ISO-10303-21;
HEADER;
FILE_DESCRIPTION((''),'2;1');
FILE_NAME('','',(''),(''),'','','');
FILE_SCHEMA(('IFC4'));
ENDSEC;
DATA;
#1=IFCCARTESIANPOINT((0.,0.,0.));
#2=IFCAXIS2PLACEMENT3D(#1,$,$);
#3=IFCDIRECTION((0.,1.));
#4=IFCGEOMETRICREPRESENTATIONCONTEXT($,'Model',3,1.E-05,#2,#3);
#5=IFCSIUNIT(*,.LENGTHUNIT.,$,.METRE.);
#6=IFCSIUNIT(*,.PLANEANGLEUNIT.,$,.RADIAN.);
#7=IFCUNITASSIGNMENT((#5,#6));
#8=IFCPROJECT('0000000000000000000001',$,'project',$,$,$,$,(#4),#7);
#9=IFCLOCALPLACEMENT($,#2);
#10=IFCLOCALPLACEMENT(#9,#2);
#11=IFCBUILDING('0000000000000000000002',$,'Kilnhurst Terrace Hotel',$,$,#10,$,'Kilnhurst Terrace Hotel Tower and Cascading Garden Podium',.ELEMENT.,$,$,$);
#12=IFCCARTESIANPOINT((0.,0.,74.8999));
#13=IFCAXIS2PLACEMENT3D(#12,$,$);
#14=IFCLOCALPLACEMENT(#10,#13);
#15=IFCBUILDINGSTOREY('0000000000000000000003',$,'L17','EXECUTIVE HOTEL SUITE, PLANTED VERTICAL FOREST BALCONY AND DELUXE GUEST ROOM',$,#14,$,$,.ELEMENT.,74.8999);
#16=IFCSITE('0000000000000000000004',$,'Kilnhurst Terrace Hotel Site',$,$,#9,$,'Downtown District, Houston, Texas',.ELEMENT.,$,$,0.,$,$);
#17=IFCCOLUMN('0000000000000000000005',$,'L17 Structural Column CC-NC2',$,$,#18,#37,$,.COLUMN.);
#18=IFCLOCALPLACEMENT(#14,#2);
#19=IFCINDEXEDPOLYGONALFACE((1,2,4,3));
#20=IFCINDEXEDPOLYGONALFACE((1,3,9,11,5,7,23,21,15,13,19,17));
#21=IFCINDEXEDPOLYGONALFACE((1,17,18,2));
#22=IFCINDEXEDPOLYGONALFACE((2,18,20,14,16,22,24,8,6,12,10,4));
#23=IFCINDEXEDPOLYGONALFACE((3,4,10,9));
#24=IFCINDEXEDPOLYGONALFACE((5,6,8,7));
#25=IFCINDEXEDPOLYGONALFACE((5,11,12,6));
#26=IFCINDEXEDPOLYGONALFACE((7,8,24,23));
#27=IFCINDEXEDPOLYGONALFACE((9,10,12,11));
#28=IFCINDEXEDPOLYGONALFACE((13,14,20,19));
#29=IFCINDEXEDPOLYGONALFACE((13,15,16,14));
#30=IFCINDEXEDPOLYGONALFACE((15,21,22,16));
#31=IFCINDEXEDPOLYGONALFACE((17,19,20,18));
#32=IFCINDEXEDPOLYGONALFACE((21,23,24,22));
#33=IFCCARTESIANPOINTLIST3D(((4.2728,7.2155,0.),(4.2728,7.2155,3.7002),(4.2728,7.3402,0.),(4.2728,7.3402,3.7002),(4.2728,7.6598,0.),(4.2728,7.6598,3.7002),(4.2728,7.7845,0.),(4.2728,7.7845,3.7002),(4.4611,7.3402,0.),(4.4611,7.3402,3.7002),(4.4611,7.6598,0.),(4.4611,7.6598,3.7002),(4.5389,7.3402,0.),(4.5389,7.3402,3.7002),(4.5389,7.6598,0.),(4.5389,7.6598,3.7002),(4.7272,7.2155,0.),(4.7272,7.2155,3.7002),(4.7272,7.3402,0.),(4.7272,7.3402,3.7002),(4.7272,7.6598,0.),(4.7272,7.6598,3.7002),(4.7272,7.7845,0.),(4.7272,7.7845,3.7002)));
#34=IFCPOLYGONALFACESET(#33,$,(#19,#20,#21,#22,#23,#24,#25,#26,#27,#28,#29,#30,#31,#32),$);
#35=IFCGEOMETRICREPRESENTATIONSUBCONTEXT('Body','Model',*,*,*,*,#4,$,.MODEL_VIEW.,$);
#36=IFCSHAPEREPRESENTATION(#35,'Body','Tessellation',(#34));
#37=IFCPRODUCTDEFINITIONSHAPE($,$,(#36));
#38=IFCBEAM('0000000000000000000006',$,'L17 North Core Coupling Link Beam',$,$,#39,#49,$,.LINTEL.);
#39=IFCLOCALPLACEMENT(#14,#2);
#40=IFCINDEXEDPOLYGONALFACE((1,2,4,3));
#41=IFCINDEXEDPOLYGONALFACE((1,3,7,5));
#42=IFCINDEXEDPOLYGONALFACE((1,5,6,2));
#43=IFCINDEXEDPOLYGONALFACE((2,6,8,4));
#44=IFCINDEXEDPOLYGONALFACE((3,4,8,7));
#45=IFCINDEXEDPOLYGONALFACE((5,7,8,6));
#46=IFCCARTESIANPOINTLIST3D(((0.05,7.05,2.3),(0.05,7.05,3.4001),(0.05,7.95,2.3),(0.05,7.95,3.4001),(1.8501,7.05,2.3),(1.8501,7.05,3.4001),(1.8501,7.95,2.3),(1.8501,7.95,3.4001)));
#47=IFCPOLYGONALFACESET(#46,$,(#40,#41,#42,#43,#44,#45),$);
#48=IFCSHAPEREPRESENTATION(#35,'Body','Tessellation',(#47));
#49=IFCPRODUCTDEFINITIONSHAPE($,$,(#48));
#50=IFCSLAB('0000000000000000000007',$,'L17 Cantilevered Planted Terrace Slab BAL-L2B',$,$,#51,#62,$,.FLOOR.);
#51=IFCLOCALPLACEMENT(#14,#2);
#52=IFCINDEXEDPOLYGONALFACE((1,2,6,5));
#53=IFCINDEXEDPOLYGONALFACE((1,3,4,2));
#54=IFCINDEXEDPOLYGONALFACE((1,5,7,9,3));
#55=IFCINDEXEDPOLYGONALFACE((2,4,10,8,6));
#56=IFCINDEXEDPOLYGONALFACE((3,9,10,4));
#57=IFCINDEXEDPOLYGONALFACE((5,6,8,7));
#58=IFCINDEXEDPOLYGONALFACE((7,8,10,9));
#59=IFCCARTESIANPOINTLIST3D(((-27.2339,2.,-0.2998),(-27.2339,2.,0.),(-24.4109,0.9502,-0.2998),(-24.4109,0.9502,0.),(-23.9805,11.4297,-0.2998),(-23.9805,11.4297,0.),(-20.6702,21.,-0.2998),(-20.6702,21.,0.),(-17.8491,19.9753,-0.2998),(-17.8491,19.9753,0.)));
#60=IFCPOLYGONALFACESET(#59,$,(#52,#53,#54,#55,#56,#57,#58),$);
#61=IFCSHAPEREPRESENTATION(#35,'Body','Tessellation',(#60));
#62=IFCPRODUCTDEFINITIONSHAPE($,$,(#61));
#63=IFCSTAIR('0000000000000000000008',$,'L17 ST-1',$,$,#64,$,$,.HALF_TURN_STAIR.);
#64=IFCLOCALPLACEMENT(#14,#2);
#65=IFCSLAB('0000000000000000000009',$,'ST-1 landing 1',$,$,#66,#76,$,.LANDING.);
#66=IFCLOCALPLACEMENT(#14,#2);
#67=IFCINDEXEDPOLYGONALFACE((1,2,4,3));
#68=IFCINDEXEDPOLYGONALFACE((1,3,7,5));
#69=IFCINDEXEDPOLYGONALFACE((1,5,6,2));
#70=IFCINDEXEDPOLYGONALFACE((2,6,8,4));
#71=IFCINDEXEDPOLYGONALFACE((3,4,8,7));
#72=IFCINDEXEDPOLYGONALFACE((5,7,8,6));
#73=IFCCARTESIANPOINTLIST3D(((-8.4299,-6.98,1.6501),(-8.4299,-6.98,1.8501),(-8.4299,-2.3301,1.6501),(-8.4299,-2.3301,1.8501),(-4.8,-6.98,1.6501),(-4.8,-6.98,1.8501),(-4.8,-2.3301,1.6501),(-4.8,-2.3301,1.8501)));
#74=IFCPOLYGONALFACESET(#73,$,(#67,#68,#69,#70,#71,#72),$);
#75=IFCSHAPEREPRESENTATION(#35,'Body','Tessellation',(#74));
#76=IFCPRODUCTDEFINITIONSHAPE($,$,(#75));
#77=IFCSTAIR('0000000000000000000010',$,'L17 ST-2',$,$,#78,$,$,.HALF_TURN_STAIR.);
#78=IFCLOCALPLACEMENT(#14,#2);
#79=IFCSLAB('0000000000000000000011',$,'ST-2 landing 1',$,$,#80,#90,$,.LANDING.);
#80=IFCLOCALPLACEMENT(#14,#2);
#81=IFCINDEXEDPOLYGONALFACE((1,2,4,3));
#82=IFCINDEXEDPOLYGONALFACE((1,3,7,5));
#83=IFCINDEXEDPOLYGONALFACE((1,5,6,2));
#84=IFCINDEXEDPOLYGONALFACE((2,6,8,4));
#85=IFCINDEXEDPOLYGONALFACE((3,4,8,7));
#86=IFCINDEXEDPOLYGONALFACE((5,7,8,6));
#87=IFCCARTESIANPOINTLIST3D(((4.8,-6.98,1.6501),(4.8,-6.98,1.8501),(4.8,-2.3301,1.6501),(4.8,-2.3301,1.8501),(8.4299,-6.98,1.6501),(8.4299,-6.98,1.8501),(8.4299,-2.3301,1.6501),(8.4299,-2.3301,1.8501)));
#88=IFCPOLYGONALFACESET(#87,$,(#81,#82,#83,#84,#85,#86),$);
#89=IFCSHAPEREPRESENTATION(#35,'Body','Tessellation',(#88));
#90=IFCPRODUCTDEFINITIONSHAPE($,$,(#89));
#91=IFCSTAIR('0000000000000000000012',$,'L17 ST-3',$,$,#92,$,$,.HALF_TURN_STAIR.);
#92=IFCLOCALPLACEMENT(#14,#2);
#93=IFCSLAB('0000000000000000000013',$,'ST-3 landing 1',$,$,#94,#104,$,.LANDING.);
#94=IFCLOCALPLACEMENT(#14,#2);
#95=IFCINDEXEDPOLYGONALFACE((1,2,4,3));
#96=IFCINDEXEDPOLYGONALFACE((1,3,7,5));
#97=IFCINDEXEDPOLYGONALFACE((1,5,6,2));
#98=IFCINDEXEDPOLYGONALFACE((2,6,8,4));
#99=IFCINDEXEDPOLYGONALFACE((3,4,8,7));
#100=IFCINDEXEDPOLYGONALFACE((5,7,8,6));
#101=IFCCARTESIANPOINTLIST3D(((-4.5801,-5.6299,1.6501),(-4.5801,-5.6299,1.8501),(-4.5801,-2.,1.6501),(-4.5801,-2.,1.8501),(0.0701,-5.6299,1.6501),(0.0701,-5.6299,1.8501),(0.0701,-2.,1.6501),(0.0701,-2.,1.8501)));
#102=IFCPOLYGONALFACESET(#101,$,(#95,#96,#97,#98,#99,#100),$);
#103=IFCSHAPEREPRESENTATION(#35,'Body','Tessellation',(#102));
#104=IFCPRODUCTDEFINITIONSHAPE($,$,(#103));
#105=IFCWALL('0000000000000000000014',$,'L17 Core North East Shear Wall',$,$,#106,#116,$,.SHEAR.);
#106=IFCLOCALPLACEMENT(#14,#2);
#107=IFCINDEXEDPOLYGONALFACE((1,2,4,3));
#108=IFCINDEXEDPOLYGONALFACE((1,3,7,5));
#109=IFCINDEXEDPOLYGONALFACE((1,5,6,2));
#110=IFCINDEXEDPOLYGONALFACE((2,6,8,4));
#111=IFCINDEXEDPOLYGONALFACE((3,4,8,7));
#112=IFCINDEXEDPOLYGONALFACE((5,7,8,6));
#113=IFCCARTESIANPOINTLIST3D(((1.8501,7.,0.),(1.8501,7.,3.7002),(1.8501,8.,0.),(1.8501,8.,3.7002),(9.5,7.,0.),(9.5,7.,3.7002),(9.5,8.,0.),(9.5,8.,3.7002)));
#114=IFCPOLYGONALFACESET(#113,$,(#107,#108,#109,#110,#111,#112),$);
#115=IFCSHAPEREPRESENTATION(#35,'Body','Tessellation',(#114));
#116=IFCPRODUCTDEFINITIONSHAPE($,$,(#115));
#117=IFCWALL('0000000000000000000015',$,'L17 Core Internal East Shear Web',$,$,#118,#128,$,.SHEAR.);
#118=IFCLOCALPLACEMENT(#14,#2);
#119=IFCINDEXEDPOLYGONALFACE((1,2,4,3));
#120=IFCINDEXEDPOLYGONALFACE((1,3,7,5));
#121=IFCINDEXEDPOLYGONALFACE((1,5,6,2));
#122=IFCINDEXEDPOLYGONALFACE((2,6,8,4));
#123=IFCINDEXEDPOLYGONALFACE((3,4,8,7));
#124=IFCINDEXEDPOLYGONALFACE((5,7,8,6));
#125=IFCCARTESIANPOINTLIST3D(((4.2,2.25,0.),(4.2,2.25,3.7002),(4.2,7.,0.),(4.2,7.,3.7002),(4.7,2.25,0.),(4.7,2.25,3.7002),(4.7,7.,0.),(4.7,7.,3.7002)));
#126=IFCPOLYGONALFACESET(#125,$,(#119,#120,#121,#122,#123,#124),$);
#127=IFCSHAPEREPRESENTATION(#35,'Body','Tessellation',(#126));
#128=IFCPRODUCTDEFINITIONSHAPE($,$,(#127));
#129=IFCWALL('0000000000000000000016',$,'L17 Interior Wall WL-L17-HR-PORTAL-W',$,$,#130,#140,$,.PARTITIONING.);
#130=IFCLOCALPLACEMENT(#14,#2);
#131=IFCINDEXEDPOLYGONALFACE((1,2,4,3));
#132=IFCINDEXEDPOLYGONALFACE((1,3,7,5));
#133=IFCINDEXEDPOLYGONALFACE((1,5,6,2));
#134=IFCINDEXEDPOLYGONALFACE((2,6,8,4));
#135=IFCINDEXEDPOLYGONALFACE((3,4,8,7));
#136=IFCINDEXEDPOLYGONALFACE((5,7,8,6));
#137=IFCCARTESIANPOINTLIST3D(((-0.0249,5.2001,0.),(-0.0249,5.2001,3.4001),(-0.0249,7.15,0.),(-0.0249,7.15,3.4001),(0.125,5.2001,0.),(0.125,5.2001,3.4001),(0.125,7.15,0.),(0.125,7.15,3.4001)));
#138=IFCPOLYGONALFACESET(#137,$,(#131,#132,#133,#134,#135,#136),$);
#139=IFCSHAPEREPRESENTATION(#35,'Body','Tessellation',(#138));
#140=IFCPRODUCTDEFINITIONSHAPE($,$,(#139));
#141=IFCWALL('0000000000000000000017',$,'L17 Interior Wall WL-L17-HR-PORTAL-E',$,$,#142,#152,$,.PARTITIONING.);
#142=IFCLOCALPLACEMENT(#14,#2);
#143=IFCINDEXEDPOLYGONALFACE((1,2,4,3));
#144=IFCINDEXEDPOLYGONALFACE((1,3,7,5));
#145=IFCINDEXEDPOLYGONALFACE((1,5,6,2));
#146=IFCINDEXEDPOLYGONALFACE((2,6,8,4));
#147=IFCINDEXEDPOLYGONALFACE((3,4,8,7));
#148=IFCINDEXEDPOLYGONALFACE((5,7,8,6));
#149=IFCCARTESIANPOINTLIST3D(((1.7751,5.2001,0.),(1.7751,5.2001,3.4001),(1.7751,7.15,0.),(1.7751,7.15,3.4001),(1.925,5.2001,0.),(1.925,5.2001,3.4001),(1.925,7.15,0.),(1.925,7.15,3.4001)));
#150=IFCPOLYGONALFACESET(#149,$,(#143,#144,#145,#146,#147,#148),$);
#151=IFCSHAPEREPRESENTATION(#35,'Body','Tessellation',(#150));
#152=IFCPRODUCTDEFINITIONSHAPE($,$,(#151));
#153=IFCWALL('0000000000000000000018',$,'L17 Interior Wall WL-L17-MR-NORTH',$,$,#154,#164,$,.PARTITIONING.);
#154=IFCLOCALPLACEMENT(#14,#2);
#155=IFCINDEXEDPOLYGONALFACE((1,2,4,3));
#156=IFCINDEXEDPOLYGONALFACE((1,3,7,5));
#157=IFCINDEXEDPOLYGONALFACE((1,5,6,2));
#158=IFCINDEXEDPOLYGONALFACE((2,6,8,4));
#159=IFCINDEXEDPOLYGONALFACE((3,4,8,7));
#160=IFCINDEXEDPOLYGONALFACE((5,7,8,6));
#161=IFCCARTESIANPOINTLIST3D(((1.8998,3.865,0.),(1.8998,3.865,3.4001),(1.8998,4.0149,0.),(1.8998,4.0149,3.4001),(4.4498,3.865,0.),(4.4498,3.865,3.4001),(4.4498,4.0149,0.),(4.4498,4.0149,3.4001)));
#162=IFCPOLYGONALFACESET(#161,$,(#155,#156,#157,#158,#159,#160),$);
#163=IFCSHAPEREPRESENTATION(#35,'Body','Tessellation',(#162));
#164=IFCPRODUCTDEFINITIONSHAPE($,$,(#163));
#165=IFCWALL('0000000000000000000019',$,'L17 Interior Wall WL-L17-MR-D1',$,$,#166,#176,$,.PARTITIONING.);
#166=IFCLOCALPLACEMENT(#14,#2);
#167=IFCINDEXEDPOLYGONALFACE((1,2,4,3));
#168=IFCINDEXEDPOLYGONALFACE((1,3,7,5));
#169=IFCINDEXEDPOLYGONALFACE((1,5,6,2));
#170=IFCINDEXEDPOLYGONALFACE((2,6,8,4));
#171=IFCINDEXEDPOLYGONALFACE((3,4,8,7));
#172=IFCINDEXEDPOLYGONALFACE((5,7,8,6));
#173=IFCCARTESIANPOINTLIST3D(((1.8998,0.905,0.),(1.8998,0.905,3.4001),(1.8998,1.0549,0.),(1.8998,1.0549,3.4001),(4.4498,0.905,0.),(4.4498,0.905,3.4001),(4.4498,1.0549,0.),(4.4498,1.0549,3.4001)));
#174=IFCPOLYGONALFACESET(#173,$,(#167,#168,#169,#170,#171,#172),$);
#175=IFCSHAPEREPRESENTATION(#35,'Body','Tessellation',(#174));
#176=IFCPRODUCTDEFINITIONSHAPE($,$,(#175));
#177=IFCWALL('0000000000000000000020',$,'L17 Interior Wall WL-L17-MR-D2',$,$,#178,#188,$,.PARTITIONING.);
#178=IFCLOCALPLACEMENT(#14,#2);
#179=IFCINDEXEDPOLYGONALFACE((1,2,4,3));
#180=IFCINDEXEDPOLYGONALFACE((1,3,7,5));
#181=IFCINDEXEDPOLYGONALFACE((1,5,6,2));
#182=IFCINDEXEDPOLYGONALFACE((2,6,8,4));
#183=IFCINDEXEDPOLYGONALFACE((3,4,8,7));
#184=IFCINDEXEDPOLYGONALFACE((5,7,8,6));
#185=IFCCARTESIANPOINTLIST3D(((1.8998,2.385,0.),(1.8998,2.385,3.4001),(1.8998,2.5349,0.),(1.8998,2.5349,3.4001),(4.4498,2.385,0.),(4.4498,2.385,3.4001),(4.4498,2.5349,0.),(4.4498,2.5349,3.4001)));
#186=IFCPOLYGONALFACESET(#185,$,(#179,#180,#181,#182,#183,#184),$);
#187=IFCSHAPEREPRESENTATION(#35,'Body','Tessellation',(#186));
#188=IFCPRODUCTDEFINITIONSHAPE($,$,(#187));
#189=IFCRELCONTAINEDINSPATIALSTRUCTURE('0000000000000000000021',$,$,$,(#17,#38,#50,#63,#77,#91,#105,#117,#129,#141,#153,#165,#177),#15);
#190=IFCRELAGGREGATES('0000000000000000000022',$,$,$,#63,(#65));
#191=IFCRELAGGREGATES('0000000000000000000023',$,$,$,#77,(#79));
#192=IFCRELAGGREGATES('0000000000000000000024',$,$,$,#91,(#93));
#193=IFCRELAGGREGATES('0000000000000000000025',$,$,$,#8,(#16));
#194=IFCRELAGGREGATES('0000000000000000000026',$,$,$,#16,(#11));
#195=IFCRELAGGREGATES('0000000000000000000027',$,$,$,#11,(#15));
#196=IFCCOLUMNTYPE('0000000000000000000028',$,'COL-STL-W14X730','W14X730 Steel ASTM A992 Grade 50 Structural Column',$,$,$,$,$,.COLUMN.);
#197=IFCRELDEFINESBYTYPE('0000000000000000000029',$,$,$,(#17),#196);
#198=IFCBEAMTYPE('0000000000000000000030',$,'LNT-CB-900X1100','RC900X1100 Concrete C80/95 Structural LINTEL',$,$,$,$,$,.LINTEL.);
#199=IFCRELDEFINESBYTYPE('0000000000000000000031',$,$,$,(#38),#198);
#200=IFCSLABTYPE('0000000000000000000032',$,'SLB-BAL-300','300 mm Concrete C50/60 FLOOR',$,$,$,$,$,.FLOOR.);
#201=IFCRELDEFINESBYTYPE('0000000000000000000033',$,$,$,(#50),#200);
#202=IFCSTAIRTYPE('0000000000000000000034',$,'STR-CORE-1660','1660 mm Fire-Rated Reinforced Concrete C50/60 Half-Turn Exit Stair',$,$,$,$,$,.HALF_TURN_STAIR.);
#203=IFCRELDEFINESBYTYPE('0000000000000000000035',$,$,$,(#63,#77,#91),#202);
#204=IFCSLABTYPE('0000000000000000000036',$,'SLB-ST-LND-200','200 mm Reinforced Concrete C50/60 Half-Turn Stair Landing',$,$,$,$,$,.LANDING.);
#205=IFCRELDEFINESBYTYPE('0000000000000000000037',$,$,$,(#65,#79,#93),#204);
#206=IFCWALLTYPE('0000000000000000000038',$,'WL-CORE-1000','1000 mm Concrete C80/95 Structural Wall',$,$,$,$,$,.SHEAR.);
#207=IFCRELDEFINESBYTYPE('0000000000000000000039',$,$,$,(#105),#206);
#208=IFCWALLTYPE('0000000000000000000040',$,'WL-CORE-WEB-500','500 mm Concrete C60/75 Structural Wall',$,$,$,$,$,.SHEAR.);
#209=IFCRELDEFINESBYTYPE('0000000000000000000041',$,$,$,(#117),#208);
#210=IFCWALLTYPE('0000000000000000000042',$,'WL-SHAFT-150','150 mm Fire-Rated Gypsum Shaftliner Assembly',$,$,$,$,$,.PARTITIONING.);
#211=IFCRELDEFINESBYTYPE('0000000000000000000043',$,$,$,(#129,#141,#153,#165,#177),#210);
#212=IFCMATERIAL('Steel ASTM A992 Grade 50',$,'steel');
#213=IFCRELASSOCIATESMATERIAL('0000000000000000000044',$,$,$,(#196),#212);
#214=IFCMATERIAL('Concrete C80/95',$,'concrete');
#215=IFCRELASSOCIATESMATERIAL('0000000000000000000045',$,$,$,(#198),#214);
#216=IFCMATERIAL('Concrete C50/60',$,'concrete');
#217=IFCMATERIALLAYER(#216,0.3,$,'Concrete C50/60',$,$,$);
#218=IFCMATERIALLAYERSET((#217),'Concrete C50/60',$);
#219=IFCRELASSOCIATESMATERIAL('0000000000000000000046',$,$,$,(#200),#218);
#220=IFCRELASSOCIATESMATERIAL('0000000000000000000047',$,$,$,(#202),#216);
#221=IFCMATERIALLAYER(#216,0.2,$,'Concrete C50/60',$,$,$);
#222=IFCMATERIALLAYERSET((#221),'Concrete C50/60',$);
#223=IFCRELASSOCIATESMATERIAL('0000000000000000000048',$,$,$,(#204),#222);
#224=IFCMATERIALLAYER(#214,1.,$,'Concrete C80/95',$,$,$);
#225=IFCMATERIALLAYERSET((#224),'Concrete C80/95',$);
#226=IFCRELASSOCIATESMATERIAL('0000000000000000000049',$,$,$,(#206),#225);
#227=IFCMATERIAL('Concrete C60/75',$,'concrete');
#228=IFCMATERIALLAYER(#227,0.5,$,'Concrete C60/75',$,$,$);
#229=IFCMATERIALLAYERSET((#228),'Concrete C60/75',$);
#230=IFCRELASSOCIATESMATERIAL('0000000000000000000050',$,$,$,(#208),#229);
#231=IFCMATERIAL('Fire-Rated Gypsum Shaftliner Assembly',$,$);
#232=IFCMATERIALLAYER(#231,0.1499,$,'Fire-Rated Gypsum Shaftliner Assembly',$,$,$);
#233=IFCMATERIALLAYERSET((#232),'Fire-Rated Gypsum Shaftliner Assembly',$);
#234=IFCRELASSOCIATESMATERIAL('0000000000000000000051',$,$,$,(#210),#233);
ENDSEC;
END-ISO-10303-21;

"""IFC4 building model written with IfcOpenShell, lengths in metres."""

from ifc_helpers import new_model, si_unit, direction, frame, frame_2d, origin, origin_2d, place, context, subcontext, project, spatial, polyline, rectangle, i_section, outline, extrude, material, layer, layer_set, material_profile, profile_set, type_object, element, aggregate, save


model = new_model("IFC4")

# Units and contexts
model_context = context("Model", 3, precision=1e-05, world=origin(), true_north=direction((0.0, 1.0)))
body_context = subcontext(model_context, "Body", "Model", "MODEL_VIEW")
ifc_project = project(units=[si_unit("LENGTHUNIT", "METRE"), si_unit("PLANEANGLEUNIT", "RADIAN")], contexts=[model_context])

# Site, building, storey
site_placement = place(None, origin())
site = spatial("IfcSite", under=ifc_project, at=site_placement, Name="Kilnhurst Terrace Hotel Site", LongName="Downtown District, Houston, Texas", CompositionType="ELEMENT", RefElevation=0.0)
building_placement = place(site_placement, origin())
building = spatial("IfcBuilding", under=site, at=building_placement, Name="Kilnhurst Terrace Hotel", LongName="Kilnhurst Terrace Hotel Tower and Cascading Garden Podium", CompositionType="ELEMENT")
storey_placement = place(building_placement, frame((0.0, 0.0, 74.8999)))
storey = spatial("IfcBuildingStorey", under=building, at=storey_placement, Name="L17", Description="EXECUTIVE HOTEL SUITE, PLANTED VERTICAL FOREST BALCONY AND DELUXE GUEST ROOM", CompositionType="ELEMENT", Elevation=74.8999)

# Column
ifc_material_1 = material(Name="Steel ASTM A992 Grade 50", Category="steel")
ifc_material_profile_1 = material_profile(ifc_material_1, i_section(OverallWidth=0.4543, OverallDepth=0.5691, WebThickness=0.0779, FlangeThickness=0.1248, at=origin_2d()), Name="W14X730")
ifc_profile_set_1 = profile_set([ifc_material_profile_1], Name="Steel ASTM A992 Grade 50")
column_type = type_object("IfcColumnType", Name="COL-STL-W14X730", Description="W14X730 Steel ASTM A992 Grade 50 Structural Column", PredefinedType="COLUMN", material=ifc_profile_set_1)
column_placement = place(storey_placement, frame((4.5, 7.5, 0.0), z_axis=(0.0, 0.0, 1.0), x_axis=(1.0, 0.0, 0.0)))
element("IfcColumn", 1, at=column_placement, inside=storey, type_object=column_type, Name="L17 Structural Column CC-NC2", PredefinedType="COLUMN", context=body_context, shape_type="SweptSolid", body=[
    extrude(i_section(OverallWidth=0.4543, OverallDepth=0.5691, WebThickness=0.0779, FlangeThickness=0.1248, at=origin_2d()), origin(), (0.0, 0.0, 1.0), 3.7002),
])

# Beam
ifc_material_2 = material(Name="Concrete C80/95", Category="concrete")
ifc_material_profile_2 = material_profile(ifc_material_2, rectangle(XDim=0.8999, YDim=1.1001, at=origin_2d()), Name="RC900X1100")
ifc_profile_set_2 = profile_set([ifc_material_profile_2], Name="Concrete C80/95")
beam_type = type_object("IfcBeamType", Name="LNT-CB-900X1100", Description="RC900X1100 Concrete C80/95 Structural LINTEL", PredefinedType="LINTEL", material=ifc_profile_set_2)
beam_placement = place(storey_placement, frame((0.05, 7.5, 2.8501), z_axis=(1.0, 0.0, 0.0), x_axis=(0.0, 1.0, 0.0)))
element("IfcBeam", 2, at=beam_placement, inside=storey, type_object=beam_type, Name="L17 North Core Coupling Link Beam", PredefinedType="LINTEL", context=body_context, shape_type="SweptSolid", body=[
    extrude(rectangle(XDim=0.8999, YDim=1.1001, at=origin_2d()), origin(), (0.0, 0.0, 1.0), 1.8),
])

# Slab
ifc_material_3 = material(Name="Concrete C50/60", Category="concrete")
ifc_layer_1 = layer(ifc_material_3, 0.3, Name="Concrete C50/60")
ifc_layer_set_1 = layer_set([ifc_layer_1], Name="Concrete C50/60")
slab_type_1 = type_object("IfcSlabType", Name="SLB-BAL-300", Description="300 mm Concrete C50/60 FLOOR", PredefinedType="FLOOR", material=ifc_layer_set_1)
slab_1_placement = place(storey_placement, frame((0.0, 0.0, -0.2998)))
element("IfcSlab", 3, at=slab_1_placement, inside=storey, type_object=slab_type_1, Name="L17 Cantilevered Planted Terrace Slab BAL-L2B", PredefinedType="FLOOR", context=body_context, shape_type="SweptSolid", body=[
    extrude(outline(polyline([(-20.6702, 21.0), (-17.8491, 19.9753), (-24.4109, 0.9502), (-27.2339, 2.0), (-23.9805, 11.4297), (-20.6702, 21.0)])), origin(), (0.0, 0.0, 1.0), 0.2998),
])

# Stairs, slabs
stair_type = type_object("IfcStairType", Name="STR-CORE-1660", Description="1660 mm Fire-Rated Reinforced Concrete C50/60 Half-Turn Exit Stair", PredefinedType="HALF_TURN_STAIR", material=ifc_material_3)
stair_1_placement = place(storey_placement, origin())
stair_1 = element("IfcStair", 4, at=stair_1_placement, inside=storey, type_object=stair_type, Name="L17 ST-1", PredefinedType="HALF_TURN_STAIR")
ifc_layer_2 = layer(ifc_material_3, 0.2, Name="Concrete C50/60")
ifc_layer_set_2 = layer_set([ifc_layer_2], Name="Concrete C50/60")
slab_type_2 = type_object("IfcSlabType", Name="SLB-ST-LND-200", Description="200 mm Reinforced Concrete C50/60 Half-Turn Stair Landing", PredefinedType="LANDING", material=ifc_layer_set_2)
slab_2_placement = place(storey_placement, frame((0.0, 0.0, 1.6501)))
slab_2 = element("IfcSlab", 5, at=slab_2_placement, type_object=slab_type_2, Name="ST-1 landing 1", PredefinedType="LANDING", context=body_context, shape_type="SweptSolid", body=[
    extrude(outline(polyline([(-8.4299, -2.3301), (-4.8, -2.3301), (-4.8, -6.98), (-8.4299, -6.98), (-8.4299, -2.3301)])), origin(), (0.0, 0.0, 1.0), 0.2),
])
aggregate(stair_1, [slab_2])
stair_2_placement = place(storey_placement, origin())
stair_2 = element("IfcStair", 6, at=stair_2_placement, inside=storey, type_object=stair_type, Name="L17 ST-2", PredefinedType="HALF_TURN_STAIR")
slab_3_placement = place(storey_placement, frame((0.0, 0.0, 1.6501)))
slab_3 = element("IfcSlab", 7, at=slab_3_placement, type_object=slab_type_2, Name="ST-2 landing 1", PredefinedType="LANDING", context=body_context, shape_type="SweptSolid", body=[
    extrude(outline(polyline([(4.8, -2.3301), (8.4299, -2.3301), (8.4299, -6.98), (4.8, -6.98), (4.8, -2.3301)])), origin(), (0.0, 0.0, 1.0), 0.2),
])
aggregate(stair_2, [slab_3])
stair_3_placement = place(storey_placement, origin())
stair_3 = element("IfcStair", 8, at=stair_3_placement, inside=storey, type_object=stair_type, Name="L17 ST-3", PredefinedType="HALF_TURN_STAIR")
slab_4_placement = place(storey_placement, frame((0.0, 0.0, 1.6501)))
slab_4 = element("IfcSlab", 9, at=slab_4_placement, type_object=slab_type_2, Name="ST-3 landing 1", PredefinedType="LANDING", context=body_context, shape_type="SweptSolid", body=[
    extrude(outline(polyline([(0.0701, -2.0), (0.0701, -5.6299), (-4.5801, -5.6299), (-4.5801, -2.0), (0.0701, -2.0)])), origin(), (0.0, 0.0, 1.0), 0.2),
])
aggregate(stair_3, [slab_4])

# Walls
ifc_layer_3 = layer(ifc_material_2, 1.0, Name="Concrete C80/95")
ifc_layer_set_3 = layer_set([ifc_layer_3], Name="Concrete C80/95")
wall_type_1 = type_object("IfcWallType", Name="WL-CORE-1000", Description="1000 mm Concrete C80/95 Structural Wall", PredefinedType="SHEAR", material=ifc_layer_set_3)
wall_1_placement = place(storey_placement, frame((1.8501, 7.5, 0.0), z_axis=(0.0, 0.0, 1.0), x_axis=(1.0, 0.0, 0.0)))
element("IfcWall", 10, at=wall_1_placement, inside=storey, type_object=wall_type_1, Name="L17 Core North East Shear Wall", PredefinedType="SHEAR", context=body_context, shape_type="SweptSolid", body=[
    extrude(rectangle(XDim=7.6499, YDim=1.0, at=frame_2d((3.825, 0.0))), origin(), (0.0, 0.0, 1.0), 3.7002),
])
ifc_material_4 = material(Name="Concrete C60/75", Category="concrete")
ifc_layer_4 = layer(ifc_material_4, 0.5, Name="Concrete C60/75")
ifc_layer_set_4 = layer_set([ifc_layer_4], Name="Concrete C60/75")
wall_type_2 = type_object("IfcWallType", Name="WL-CORE-WEB-500", Description="500 mm Concrete C60/75 Structural Wall", PredefinedType="SHEAR", material=ifc_layer_set_4)
wall_2_placement = place(storey_placement, frame((4.45, 2.25, 0.0), z_axis=(0.0, 0.0, 1.0), x_axis=(0.0, 1.0, 0.0)))
element("IfcWall", 11, at=wall_2_placement, inside=storey, type_object=wall_type_2, Name="L17 Core Internal East Shear Web", PredefinedType="SHEAR", context=body_context, shape_type="SweptSolid", body=[
    extrude(rectangle(XDim=4.75, YDim=0.5, at=frame_2d((2.375, 0.0))), origin(), (0.0, 0.0, 1.0), 3.7002),
])
ifc_material_5 = material(Name="Fire-Rated Gypsum Shaftliner Assembly")
ifc_layer_5 = layer(ifc_material_5, 0.1499, Name="Fire-Rated Gypsum Shaftliner Assembly")
ifc_layer_set_5 = layer_set([ifc_layer_5], Name="Fire-Rated Gypsum Shaftliner Assembly")
wall_type_3 = type_object("IfcWallType", Name="WL-SHAFT-150", Description="150 mm Fire-Rated Gypsum Shaftliner Assembly", PredefinedType="PARTITIONING", material=ifc_layer_set_5)
for number, where, z_axis, x_axis, name in (
    (12, (0.05, 5.2, 0.0), (0.0, 0.0, 1.0), (0.0, 1.0, 0.0), "L17 Interior Wall WL-L17-HR-PORTAL-W"),
    (13, (1.8501, 5.2, 0.0), (0.0, 0.0, 1.0), (0.0, 1.0, 0.0), "L17 Interior Wall WL-L17-HR-PORTAL-E"),
):
    element("IfcWall", number, at=place(storey_placement, frame(where, z_axis=z_axis, x_axis=x_axis)), inside=storey, type_object=wall_type_3, Name=name, PredefinedType="PARTITIONING", context=body_context, shape_type="SweptSolid", body=[
        extrude(rectangle(XDim=1.95, YDim=0.1499, at=frame_2d((0.9751, 0.0))), origin(), (0.0, 0.0, 1.0), 3.4001),
    ])
for number, where, z_axis, x_axis, name in (
    (14, (1.8999, 3.9399, 0.0), (0.0, 0.0, 1.0), (1.0, 0.0, 0.0), "L17 Interior Wall WL-L17-MR-NORTH"),
    (15, (1.8999, 0.98, 0.0), (0.0, 0.0, 1.0), (1.0, 0.0, 0.0), "L17 Interior Wall WL-L17-MR-D1"),
    (16, (1.8999, 2.46, 0.0), (0.0, 0.0, 1.0), (1.0, 0.0, 0.0), "L17 Interior Wall WL-L17-MR-D2"),
):
    element("IfcWall", number, at=place(storey_placement, frame(where, z_axis=z_axis, x_axis=x_axis)), inside=storey, type_object=wall_type_3, Name=name, PredefinedType="PARTITIONING", context=body_context, shape_type="SweptSolid", body=[
        extrude(rectangle(XDim=2.55, YDim=0.1499, at=frame_2d((1.2749, 0.0))), origin(), (0.0, 0.0, 1.0), 3.4001),
    ])

save(model, "model.ifc")
